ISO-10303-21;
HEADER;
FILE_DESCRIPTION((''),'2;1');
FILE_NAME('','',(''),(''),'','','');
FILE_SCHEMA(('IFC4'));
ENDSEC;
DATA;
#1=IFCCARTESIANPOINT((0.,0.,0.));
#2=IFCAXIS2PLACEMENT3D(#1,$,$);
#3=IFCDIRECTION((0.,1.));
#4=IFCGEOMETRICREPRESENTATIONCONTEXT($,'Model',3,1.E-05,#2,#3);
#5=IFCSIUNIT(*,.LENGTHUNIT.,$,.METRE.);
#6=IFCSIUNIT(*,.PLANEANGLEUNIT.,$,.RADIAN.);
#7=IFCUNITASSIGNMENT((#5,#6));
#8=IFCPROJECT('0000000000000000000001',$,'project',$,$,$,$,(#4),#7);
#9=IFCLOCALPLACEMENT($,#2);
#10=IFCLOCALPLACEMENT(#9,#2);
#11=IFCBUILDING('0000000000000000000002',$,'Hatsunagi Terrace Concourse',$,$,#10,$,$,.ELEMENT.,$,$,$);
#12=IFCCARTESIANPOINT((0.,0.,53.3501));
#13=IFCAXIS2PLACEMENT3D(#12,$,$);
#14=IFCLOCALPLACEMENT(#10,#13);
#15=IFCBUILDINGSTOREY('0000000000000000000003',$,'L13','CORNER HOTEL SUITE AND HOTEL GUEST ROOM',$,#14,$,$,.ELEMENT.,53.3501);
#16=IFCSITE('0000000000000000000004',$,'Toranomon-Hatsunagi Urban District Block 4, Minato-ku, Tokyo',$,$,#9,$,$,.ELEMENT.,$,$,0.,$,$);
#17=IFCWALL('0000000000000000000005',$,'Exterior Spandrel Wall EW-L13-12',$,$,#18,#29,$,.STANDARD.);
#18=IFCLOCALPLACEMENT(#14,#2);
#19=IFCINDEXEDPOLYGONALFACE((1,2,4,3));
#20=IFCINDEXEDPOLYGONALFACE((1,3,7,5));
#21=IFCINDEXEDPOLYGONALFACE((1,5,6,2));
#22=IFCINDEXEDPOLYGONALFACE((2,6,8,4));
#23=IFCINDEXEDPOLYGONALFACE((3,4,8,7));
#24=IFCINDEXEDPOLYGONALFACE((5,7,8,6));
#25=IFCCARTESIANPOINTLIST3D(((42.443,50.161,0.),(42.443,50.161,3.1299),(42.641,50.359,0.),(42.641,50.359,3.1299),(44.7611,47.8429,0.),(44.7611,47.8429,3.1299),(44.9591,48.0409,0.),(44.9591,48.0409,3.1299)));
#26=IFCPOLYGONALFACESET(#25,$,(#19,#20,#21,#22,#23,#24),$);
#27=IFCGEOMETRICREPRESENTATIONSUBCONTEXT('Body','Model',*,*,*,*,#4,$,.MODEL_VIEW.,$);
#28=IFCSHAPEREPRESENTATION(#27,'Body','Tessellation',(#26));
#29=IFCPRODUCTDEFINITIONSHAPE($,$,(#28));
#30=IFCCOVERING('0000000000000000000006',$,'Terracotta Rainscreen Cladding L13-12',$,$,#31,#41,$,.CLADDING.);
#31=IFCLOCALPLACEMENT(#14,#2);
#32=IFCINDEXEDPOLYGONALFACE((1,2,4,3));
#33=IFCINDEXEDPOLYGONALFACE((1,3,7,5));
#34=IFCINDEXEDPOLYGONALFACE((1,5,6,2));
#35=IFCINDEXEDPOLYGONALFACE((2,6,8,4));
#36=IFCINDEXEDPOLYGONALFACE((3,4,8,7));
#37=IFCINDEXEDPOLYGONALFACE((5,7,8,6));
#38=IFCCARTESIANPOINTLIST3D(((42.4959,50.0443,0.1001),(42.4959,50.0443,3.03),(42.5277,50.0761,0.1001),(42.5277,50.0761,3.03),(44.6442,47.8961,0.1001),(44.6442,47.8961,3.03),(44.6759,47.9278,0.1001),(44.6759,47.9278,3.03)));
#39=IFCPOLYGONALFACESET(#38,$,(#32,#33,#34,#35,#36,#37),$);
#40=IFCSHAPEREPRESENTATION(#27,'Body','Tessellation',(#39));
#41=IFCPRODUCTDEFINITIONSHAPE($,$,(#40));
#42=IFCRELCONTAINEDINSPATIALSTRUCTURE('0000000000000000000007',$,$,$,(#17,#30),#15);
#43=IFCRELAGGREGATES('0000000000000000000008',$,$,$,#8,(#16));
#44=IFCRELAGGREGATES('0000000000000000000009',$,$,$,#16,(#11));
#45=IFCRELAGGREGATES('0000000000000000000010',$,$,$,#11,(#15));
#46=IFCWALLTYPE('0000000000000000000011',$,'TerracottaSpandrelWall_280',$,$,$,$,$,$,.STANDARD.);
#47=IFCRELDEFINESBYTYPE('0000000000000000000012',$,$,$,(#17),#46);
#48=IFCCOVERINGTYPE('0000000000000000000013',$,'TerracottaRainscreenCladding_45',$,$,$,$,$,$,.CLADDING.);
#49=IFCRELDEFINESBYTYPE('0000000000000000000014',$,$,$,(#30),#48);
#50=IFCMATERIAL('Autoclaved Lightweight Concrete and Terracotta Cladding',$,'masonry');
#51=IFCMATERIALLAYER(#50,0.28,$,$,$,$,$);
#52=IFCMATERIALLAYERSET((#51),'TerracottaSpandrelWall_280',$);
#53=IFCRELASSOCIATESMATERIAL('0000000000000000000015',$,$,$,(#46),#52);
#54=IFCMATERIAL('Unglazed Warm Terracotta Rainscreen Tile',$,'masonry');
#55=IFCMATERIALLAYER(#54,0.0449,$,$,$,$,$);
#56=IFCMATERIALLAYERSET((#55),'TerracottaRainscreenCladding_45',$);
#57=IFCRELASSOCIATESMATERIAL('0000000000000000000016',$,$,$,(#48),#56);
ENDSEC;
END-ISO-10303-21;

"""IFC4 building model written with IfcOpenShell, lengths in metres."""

from ifc_helpers import new_model, si_unit, direction, frame, frame_2d, origin, origin_2d, place, context, subcontext, project, spatial, rectangle, extrude, material, layer, layer_set, type_object, element, save


model = new_model("IFC4")

# Units and contexts
model_context = context("Model", 3, precision=1e-05, world=origin(), true_north=direction((0.0, 1.0)))
body_context = subcontext(model_context, "Body", "Model", "MODEL_VIEW")
ifc_project = project(units=[si_unit("LENGTHUNIT", "METRE"), si_unit("PLANEANGLEUNIT", "RADIAN")], contexts=[model_context])

# Site, building, storey
site_placement = place(None, origin())
site = spatial("IfcSite", under=ifc_project, at=site_placement, Name="Toranomon-Hatsunagi Urban District Block 4, Minato-ku, Tokyo", CompositionType="ELEMENT", RefElevation=0.0)
building_placement = place(site_placement, origin())
building = spatial("IfcBuilding", under=site, at=building_placement, Name="Hatsunagi Terrace Concourse", CompositionType="ELEMENT")
storey_placement = place(building_placement, frame((0.0, 0.0, 53.3501)))
storey = spatial("IfcBuildingStorey", under=building, at=storey_placement, Name="L13", Description="CORNER HOTEL SUITE AND HOTEL GUEST ROOM", CompositionType="ELEMENT", Elevation=53.3501)

# Shared definitions
ifc_material_1 = material(Name="Autoclaved Lightweight Concrete and Terracotta Cladding", Category="masonry")
ifc_layer_1 = layer(ifc_material_1, 0.28)
ifc_layer_set_1 = layer_set([ifc_layer_1], Name="TerracottaSpandrelWall_280")
wall_type_1 = type_object("IfcWallType", Name="TerracottaSpandrelWall_280", PredefinedType="STANDARD", material=ifc_layer_set_1)

# Wall
wall_1_placement = place(storey_placement, frame((42.542, 50.26, 0.0), z_axis=(0.0, 0.0, 1.0), x_axis=(0.707107, -0.707107, 0.0)))
element("IfcWall", 1, at=wall_1_placement, inside=storey, type_object=wall_type_1, Name="Exterior Spandrel Wall EW-L13-12", PredefinedType="STANDARD", context=body_context, shape_type="SweptSolid", body=[
    extrude(rectangle(XDim=3.2783, YDim=0.28, at=frame_2d((1.6392, 0.0))), origin(), (0.0, 0.0, 1.0), 3.1299),
])

# Covering
ifc_material_2 = material(Name="Unglazed Warm Terracotta Rainscreen Tile", Category="masonry")
ifc_layer_2 = layer(ifc_material_2, 0.0449)
ifc_layer_set_2 = layer_set([ifc_layer_2], Name="TerracottaRainscreenCladding_45")
covering_type = type_object("IfcCoveringType", Name="TerracottaRainscreenCladding_45", PredefinedType="CLADDING", material=ifc_layer_set_2)
covering_placement = place(storey_placement, frame((43.5859, 48.9861, 0.1001), z_axis=(0.0, 0.0, 1.0), x_axis=(0.707107, -0.707107, 0.0)))
element("IfcCovering", 2, at=covering_placement, inside=storey, type_object=covering_type, Name="Terracotta Rainscreen Cladding L13-12", PredefinedType="CLADDING", context=body_context, shape_type="SweptSolid", body=[
    extrude(rectangle(XDim=3.0381, YDim=0.0449, at=origin_2d()), origin(), (0.0, 0.0, 1.0), 2.9299),
])

save(model, "model.ifc")
